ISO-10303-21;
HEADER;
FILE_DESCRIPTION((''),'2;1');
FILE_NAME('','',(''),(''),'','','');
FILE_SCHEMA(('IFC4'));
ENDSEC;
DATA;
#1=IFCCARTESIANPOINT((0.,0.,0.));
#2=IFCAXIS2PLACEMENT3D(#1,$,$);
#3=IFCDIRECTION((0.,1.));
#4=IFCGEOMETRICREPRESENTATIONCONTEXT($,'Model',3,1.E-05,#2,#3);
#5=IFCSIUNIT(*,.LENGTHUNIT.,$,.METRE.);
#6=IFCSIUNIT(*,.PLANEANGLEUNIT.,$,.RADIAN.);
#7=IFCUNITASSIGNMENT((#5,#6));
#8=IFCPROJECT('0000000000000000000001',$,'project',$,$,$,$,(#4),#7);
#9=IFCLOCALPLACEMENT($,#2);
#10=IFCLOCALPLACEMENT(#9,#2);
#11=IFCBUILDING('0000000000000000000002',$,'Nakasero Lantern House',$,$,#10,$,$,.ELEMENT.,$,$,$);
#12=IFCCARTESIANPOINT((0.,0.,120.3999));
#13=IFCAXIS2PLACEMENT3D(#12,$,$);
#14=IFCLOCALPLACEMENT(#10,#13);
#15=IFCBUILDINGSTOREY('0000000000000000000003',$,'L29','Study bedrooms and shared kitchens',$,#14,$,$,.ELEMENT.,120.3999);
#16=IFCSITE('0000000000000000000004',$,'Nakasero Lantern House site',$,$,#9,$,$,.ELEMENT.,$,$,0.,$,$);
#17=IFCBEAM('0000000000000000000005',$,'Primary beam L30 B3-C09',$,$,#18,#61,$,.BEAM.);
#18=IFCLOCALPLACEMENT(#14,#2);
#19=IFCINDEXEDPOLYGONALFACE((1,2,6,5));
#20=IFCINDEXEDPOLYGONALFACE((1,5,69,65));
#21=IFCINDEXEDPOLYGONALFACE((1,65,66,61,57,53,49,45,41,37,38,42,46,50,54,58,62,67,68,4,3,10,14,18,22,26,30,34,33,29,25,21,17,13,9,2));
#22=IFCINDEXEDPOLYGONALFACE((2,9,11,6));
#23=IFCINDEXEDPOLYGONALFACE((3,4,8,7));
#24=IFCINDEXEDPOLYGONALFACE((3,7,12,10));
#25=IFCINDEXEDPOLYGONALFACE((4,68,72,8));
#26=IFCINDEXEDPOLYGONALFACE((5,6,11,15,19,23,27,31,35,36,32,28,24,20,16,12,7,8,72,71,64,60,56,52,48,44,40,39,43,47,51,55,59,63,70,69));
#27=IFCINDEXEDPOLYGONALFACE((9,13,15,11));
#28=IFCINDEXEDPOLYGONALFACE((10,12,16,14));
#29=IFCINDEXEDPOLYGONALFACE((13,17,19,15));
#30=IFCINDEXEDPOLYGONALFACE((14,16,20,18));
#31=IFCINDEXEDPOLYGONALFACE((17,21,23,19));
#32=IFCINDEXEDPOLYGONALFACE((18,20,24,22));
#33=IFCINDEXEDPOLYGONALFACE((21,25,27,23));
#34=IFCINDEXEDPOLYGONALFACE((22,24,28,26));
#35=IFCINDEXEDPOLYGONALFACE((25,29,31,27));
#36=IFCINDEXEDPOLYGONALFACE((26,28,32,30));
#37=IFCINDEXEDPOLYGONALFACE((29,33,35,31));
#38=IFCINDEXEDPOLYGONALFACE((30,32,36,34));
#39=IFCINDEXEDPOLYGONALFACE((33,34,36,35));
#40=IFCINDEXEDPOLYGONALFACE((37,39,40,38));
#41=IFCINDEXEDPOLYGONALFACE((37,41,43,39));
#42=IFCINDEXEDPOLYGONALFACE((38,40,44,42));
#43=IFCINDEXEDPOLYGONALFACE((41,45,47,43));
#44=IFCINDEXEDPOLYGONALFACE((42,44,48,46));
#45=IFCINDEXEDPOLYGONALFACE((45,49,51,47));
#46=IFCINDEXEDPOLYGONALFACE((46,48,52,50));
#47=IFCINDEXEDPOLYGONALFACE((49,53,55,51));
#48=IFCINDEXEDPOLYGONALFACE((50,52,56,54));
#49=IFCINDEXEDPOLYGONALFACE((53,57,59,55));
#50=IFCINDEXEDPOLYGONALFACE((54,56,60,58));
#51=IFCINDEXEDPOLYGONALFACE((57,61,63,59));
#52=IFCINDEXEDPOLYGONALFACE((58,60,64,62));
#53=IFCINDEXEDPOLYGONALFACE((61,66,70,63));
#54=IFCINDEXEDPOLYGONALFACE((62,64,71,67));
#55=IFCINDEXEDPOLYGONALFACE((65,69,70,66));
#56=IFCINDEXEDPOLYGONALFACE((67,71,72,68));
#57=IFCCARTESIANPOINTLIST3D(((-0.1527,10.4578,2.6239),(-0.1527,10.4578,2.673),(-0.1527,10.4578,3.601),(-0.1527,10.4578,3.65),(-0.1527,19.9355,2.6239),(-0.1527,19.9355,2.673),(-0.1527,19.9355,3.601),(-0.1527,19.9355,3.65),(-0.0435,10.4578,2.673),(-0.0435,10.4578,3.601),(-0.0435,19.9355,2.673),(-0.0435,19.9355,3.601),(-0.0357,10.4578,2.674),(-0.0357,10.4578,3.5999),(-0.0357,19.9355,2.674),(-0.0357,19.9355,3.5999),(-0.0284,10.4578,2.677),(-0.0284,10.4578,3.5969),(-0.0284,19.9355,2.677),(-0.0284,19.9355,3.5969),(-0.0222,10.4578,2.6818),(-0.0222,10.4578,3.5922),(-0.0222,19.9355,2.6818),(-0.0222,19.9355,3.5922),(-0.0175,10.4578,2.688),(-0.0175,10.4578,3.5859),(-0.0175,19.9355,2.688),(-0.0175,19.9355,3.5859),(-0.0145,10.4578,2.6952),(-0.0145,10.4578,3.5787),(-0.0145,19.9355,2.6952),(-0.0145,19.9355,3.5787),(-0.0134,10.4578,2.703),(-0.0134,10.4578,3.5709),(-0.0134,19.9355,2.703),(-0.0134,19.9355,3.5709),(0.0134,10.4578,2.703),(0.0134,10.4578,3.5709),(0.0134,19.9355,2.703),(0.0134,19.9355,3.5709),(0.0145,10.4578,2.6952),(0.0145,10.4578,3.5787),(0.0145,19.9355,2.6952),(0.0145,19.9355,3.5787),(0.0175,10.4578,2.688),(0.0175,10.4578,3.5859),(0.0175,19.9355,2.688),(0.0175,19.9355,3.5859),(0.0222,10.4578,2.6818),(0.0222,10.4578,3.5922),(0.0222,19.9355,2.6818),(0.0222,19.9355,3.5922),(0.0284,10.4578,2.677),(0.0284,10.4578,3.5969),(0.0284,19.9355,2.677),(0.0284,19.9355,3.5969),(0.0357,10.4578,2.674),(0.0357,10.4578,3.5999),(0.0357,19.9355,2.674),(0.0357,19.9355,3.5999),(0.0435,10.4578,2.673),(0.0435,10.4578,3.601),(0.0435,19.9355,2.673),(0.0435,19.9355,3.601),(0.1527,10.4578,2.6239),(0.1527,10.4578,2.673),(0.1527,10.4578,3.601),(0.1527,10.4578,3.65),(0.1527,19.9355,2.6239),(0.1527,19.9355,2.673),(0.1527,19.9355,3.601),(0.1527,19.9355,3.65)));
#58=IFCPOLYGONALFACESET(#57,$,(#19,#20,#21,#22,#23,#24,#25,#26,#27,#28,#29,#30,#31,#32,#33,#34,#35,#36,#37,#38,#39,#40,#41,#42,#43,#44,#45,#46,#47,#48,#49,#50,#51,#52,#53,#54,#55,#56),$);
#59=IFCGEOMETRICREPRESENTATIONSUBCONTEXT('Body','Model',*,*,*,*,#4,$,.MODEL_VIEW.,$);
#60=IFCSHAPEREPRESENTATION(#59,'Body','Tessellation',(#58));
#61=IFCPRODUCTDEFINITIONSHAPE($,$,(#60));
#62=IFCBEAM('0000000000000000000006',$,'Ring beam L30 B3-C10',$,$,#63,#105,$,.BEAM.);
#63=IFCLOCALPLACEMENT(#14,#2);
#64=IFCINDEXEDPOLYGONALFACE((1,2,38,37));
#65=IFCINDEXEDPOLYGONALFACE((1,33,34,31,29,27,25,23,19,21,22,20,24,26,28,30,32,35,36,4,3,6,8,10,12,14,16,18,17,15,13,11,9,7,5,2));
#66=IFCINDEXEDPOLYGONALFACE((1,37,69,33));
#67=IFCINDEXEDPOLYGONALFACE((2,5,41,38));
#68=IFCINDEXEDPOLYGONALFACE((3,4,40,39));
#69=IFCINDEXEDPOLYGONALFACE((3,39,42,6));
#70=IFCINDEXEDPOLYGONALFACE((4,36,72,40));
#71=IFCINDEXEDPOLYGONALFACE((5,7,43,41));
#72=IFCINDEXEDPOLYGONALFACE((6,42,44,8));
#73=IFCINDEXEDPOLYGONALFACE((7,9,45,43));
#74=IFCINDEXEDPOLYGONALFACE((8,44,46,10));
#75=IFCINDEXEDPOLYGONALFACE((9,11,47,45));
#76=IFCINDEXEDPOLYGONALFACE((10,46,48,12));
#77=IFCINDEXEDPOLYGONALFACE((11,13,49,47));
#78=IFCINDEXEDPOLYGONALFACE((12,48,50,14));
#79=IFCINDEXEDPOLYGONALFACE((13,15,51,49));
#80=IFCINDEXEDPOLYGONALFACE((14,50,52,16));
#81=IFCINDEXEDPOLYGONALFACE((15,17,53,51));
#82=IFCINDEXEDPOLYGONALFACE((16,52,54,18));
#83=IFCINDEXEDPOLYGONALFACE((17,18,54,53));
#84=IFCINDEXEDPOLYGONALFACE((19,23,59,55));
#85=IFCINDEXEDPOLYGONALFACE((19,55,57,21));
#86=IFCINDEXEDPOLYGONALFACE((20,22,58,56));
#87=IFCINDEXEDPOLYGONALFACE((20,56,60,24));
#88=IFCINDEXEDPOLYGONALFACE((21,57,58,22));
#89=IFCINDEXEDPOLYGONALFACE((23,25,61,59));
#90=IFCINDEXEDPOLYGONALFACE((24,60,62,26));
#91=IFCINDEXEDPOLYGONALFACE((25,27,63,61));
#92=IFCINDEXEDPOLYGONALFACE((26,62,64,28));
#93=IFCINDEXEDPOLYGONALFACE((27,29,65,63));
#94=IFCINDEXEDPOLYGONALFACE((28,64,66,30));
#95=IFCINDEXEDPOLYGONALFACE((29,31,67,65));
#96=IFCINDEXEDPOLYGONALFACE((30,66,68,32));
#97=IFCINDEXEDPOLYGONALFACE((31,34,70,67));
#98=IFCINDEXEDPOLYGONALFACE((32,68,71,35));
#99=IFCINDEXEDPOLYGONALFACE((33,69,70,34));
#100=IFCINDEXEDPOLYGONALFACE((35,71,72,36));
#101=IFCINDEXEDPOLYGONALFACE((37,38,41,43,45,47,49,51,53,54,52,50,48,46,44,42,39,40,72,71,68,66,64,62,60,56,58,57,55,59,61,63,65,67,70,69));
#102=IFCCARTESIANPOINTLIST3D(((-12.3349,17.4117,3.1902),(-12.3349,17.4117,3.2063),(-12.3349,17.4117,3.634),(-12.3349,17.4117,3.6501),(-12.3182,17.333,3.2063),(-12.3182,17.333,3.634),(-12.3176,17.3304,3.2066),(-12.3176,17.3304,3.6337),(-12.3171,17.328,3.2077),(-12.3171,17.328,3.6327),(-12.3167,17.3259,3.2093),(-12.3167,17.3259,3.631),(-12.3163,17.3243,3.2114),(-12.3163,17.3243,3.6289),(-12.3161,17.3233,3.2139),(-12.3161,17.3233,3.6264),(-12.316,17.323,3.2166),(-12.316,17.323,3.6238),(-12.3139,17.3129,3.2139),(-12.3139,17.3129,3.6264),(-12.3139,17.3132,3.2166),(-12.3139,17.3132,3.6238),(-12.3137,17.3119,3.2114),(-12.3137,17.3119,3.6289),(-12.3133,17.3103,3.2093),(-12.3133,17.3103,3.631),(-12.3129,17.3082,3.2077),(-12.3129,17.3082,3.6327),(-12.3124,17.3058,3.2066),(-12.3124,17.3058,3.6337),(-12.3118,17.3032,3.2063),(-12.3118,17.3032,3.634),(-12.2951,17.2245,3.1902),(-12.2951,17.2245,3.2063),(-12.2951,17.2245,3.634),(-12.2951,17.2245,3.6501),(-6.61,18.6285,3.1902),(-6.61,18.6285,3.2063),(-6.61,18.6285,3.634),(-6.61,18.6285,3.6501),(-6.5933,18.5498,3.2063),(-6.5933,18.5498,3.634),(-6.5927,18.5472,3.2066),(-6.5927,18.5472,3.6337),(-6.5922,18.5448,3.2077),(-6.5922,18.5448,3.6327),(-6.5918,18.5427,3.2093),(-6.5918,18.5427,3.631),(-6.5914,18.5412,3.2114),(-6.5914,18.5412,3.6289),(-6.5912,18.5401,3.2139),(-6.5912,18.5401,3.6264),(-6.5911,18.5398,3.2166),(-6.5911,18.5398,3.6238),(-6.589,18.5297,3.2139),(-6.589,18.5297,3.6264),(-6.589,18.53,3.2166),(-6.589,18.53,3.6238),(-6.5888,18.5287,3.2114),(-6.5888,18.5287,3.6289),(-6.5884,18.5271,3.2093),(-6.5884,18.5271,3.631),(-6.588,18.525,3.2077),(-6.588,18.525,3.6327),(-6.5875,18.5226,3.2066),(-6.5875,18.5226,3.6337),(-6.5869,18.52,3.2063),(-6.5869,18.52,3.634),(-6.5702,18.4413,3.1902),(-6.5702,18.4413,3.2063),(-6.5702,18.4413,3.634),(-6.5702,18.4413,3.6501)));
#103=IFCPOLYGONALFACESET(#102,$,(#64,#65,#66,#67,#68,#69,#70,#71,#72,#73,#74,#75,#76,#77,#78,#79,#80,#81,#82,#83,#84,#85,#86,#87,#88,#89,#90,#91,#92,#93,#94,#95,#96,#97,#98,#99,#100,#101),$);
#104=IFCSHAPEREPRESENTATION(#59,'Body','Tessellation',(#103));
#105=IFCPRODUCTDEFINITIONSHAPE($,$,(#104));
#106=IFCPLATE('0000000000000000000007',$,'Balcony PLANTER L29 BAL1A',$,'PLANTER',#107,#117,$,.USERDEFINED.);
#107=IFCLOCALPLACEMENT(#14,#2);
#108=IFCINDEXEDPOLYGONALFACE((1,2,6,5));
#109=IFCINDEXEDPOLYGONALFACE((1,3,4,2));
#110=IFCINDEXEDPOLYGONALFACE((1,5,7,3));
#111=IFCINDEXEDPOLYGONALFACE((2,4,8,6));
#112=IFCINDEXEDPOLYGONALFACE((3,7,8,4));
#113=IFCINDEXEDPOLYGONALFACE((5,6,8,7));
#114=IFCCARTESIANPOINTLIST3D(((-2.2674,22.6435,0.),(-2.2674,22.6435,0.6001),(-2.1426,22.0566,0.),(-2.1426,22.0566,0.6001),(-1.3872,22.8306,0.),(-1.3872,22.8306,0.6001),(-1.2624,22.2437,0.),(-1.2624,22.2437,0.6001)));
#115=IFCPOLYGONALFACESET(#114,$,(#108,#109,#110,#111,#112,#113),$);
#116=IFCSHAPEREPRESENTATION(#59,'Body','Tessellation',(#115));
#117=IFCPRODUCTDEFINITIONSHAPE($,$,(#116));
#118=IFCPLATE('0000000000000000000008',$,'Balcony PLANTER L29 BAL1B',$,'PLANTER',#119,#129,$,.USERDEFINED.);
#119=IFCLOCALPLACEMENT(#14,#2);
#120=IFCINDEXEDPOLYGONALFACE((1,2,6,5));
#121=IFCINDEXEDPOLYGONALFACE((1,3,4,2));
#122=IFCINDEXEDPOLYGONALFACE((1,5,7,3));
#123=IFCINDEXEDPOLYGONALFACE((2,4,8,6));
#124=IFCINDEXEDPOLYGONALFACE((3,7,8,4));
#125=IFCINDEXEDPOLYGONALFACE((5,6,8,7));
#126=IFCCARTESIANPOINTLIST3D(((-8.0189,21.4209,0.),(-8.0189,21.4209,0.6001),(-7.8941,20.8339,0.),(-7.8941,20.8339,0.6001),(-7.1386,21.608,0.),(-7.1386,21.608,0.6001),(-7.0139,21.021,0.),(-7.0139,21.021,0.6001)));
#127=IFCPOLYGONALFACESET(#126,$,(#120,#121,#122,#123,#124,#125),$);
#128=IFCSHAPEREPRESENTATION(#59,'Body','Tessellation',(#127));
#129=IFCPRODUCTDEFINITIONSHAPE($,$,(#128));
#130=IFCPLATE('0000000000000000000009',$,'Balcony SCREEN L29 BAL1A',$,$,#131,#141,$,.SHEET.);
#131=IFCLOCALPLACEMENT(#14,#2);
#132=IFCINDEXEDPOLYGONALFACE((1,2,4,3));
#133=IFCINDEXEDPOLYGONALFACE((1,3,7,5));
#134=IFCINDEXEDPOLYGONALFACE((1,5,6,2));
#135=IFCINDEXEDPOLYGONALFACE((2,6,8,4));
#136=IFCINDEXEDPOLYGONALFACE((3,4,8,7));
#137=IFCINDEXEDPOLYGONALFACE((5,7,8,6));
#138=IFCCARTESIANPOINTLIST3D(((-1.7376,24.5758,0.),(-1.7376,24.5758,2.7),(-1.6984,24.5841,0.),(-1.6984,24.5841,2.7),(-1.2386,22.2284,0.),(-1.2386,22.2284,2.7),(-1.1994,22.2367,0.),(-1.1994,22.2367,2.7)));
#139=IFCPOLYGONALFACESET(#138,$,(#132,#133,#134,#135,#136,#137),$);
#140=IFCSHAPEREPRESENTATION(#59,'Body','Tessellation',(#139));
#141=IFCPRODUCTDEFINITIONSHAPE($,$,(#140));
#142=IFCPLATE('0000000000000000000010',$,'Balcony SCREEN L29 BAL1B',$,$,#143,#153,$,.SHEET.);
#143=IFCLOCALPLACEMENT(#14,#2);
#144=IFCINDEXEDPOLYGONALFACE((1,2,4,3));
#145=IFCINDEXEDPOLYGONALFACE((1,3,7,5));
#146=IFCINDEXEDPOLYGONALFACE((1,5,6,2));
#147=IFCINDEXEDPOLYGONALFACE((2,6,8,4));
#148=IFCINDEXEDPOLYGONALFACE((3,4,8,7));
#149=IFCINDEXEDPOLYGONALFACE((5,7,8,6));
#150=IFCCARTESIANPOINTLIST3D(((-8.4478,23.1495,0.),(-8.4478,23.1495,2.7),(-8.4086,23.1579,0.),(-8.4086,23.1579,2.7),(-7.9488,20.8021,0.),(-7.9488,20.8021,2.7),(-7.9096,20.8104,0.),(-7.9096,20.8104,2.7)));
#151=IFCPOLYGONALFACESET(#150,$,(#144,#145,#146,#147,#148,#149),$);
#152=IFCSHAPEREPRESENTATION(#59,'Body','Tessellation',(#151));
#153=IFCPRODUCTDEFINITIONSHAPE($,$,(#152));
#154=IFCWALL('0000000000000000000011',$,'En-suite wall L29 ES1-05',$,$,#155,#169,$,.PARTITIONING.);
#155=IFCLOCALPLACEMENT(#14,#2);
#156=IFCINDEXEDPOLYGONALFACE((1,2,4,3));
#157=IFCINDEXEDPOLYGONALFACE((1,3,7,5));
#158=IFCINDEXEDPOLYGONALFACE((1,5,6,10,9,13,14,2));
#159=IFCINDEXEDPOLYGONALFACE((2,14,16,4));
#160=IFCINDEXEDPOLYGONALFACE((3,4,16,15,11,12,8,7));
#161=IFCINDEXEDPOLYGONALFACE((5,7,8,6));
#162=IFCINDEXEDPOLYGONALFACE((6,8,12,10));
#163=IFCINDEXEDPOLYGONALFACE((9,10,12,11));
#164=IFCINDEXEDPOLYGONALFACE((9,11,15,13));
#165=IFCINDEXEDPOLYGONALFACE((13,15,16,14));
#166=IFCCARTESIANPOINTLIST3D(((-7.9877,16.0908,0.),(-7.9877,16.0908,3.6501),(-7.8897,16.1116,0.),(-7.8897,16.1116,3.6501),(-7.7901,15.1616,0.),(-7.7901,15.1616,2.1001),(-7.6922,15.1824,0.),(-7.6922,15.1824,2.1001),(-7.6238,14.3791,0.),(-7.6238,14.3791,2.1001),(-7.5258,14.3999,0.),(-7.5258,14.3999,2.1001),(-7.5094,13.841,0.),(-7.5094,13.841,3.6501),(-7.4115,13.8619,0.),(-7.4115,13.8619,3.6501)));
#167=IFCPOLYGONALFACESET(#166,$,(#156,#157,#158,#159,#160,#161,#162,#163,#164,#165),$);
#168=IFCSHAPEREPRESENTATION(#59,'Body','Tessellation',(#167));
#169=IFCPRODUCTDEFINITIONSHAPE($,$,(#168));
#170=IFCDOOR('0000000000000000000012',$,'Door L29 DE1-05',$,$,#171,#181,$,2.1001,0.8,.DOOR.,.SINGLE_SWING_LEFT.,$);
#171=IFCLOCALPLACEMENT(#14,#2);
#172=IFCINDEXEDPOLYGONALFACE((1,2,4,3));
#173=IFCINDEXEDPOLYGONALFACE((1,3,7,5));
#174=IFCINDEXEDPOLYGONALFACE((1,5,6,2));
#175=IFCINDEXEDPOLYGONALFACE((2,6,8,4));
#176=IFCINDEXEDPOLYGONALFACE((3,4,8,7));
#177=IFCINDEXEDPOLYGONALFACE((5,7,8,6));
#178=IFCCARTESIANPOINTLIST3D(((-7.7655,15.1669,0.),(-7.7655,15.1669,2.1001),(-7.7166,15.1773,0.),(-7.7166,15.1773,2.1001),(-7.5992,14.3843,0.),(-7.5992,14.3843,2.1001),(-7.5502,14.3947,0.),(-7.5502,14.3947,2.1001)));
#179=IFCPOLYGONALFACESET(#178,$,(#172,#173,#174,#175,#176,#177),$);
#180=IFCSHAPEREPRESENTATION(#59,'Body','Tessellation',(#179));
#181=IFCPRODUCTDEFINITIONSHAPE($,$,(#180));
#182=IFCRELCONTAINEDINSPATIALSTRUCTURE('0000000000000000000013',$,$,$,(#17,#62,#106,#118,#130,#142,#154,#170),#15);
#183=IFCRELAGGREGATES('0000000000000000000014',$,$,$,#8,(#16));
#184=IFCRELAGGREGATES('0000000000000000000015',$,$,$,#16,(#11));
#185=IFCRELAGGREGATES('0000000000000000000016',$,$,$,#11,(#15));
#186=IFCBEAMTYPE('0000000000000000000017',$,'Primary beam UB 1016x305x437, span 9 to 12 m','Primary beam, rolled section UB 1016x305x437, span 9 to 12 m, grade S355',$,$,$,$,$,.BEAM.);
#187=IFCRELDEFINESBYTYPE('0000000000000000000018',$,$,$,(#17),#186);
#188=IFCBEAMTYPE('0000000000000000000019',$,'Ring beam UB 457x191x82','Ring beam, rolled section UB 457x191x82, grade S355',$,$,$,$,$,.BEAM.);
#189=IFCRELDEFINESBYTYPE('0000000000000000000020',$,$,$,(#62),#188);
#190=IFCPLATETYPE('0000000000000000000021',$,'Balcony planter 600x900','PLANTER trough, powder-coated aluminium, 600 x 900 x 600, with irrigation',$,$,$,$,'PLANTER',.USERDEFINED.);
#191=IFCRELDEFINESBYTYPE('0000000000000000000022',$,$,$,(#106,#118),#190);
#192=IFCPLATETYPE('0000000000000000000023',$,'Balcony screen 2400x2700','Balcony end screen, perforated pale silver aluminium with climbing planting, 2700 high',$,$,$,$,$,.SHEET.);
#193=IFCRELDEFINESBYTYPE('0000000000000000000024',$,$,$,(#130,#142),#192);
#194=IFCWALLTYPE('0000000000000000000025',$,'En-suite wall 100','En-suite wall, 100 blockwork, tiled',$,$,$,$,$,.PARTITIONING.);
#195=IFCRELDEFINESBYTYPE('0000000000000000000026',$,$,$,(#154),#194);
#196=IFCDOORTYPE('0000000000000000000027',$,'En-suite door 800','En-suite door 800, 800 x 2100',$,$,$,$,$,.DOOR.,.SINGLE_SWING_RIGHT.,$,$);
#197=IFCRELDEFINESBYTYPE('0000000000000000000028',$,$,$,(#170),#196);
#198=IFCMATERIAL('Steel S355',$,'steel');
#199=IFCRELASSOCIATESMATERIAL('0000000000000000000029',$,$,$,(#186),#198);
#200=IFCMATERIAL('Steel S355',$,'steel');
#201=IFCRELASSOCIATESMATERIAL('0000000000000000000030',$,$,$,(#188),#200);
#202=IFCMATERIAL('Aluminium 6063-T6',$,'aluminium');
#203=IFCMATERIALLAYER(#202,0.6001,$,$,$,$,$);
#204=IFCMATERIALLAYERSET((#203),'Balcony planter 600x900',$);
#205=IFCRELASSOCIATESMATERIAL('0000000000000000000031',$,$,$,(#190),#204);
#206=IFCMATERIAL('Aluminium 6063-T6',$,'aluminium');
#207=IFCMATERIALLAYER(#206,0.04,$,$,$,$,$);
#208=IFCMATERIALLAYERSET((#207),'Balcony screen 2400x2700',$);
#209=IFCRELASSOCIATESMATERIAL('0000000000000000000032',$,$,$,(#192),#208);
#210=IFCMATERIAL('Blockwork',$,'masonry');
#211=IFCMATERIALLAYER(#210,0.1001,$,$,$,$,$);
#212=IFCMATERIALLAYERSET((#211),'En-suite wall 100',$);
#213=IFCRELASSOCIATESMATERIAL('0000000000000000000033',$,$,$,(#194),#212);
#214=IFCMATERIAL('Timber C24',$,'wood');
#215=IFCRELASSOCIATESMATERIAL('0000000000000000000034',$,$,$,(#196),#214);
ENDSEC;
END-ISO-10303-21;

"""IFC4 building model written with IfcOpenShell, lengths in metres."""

from ifc_helpers import new_model, si_unit, direction, frame, frame_2d, origin, origin_2d, place, context, subcontext, project, spatial, rectangle, i_section, extrude, material, layer, layer_set, material_profile, profile_set, type_object, element, fill, save


model = new_model("IFC4")

# Units and contexts
model_context = context("Model", 3, precision=1e-05, world=origin(), true_north=direction((0.0, 1.0)))
body_context = subcontext(model_context, "Body", "Model", "MODEL_VIEW")
ifc_project = project(units=[si_unit("LENGTHUNIT", "METRE"), si_unit("PLANEANGLEUNIT", "RADIAN")], contexts=[model_context])

# Site, building, storey
site_placement = place(None, origin())
site = spatial("IfcSite", under=ifc_project, at=site_placement, Name="Nakasero Lantern House site", CompositionType="ELEMENT", RefElevation=0.0)
building_placement = place(site_placement, origin())
building = spatial("IfcBuilding", under=site, at=building_placement, Name="Nakasero Lantern House", CompositionType="ELEMENT")
storey_placement = place(building_placement, frame((0.0, 0.0, 120.3999)))
storey = spatial("IfcBuildingStorey", under=building, at=storey_placement, Name="L29", Description="Study bedrooms and shared kitchens", CompositionType="ELEMENT", Elevation=120.3999)

# Beams
ifc_material_1 = material(Name="Steel S355", Category="steel")
ifc_material_profile_1 = material_profile(ifc_material_1, i_section(OverallWidth=0.3054, OverallDepth=1.0261, WebThickness=0.0269, FlangeThickness=0.0491, FilletRadius=0.03, at=origin_2d()), Name="UB 1016x305x437")
ifc_profile_set_1 = profile_set([ifc_material_profile_1], Name="Steel S355")
beam_type_1 = type_object("IfcBeamType", Name="Primary beam UB 1016x305x437, span 9 to 12 m", Description="Primary beam, rolled section UB 1016x305x437, span 9 to 12 m, grade S355", PredefinedType="BEAM", material=ifc_profile_set_1)
beam_1_placement = place(storey_placement, frame((0.0, 19.9355, 3.137), z_axis=(0.0, -1.0, 0.0), x_axis=(1.0, 0.0, 0.0)))
element("IfcBeam", 1, at=beam_1_placement, inside=storey, type_object=beam_type_1, Name="Primary beam L30 B3-C09", PredefinedType="BEAM", context=body_context, shape_type="SweptSolid", body=[
    extrude(i_section(OverallWidth=0.3054, OverallDepth=1.0261, WebThickness=0.0269, FlangeThickness=0.0491, FilletRadius=0.03, at=origin_2d()), origin(), (0.0, 0.0, 1.0), 9.4778),
])
ifc_material_2 = material(Name="Steel S355", Category="steel")
ifc_material_profile_2 = material_profile(ifc_material_2, i_section(OverallWidth=0.1914, OverallDepth=0.46, WebThickness=0.01, FlangeThickness=0.0161, FilletRadius=0.0103, at=origin_2d()), Name="UB 457x191x82")
ifc_profile_set_2 = profile_set([ifc_material_profile_2], Name="Steel S355")
beam_type_2 = type_object("IfcBeamType", Name="Ring beam UB 457x191x82", Description="Ring beam, rolled section UB 457x191x82, grade S355", PredefinedType="BEAM", material=ifc_profile_set_2)
beam_2_placement = place(storey_placement, frame((-6.5901, 18.5349, 3.4202), z_axis=(-0.97815, -0.207902, 0.0), x_axis=(0.207902, -0.97815, 0.0)))
element("IfcBeam", 2, at=beam_2_placement, inside=storey, type_object=beam_type_2, Name="Ring beam L30 B3-C10", PredefinedType="BEAM", context=body_context, shape_type="SweptSolid", body=[
    extrude(i_section(OverallWidth=0.1914, OverallDepth=0.46, WebThickness=0.01, FlangeThickness=0.0161, FilletRadius=0.0103, at=origin_2d()), origin(), (0.0, 0.0, 1.0), 5.8528),
])

# Plates
ifc_material_3 = material(Name="Aluminium 6063-T6", Category="aluminium")
ifc_layer_1 = layer(ifc_material_3, 0.6001)
ifc_layer_set_1 = layer_set([ifc_layer_1], Name="Balcony planter 600x900")
plate_type_1 = type_object("IfcPlateType", Name="Balcony planter 600x900", Description="PLANTER trough, powder-coated aluminium, 600 x 900 x 600, with irrigation", ElementType="PLANTER", PredefinedType="USERDEFINED", material=ifc_layer_set_1)
for number, where, z_axis, x_axis, name in (
    (3, (-1.7649, 22.4436, 0.0), (0.0, 0.0, 1.0), (-0.207912, 0.978148, 0.0), "Balcony PLANTER L29 BAL1A"),
    (4, (-7.5164, 21.2209, 0.0), (0.0, 0.0, 1.0), (-0.207912, 0.978148, 0.0), "Balcony PLANTER L29 BAL1B"),
):
    element("IfcPlate", number, at=place(storey_placement, frame(where, z_axis=z_axis, x_axis=x_axis)), inside=storey, type_object=plate_type_1, Name=name, ObjectType="PLANTER", PredefinedType="USERDEFINED", context=body_context, shape_type="SweptSolid", body=[
        extrude(rectangle(XDim=0.6001, YDim=0.8999, at=origin_2d()), origin(), (0.0, 0.0, 1.0), 0.6001),
    ])
ifc_material_4 = material(Name="Aluminium 6063-T6", Category="aluminium")
ifc_layer_2 = layer(ifc_material_4, 0.04)
ifc_layer_set_2 = layer_set([ifc_layer_2], Name="Balcony screen 2400x2700")
plate_type_2 = type_object("IfcPlateType", Name="Balcony screen 2400x2700", Description="Balcony end screen, perforated pale silver aluminium with climbing planting, 2700 high", PredefinedType="SHEET", material=ifc_layer_set_2)
for number, where, z_axis, x_axis, name in (
    (5, (-1.4685, 23.4062, 0.0), (0.0, 0.0, 1.0), (-0.207912, 0.978148, 0.0), "Balcony SCREEN L29 BAL1A"),
    (6, (-8.1787, 21.98, 0.0), (0.0, 0.0, 1.0), (-0.207912, 0.978148, 0.0), "Balcony SCREEN L29 BAL1B"),
):
    element("IfcPlate", number, at=place(storey_placement, frame(where, z_axis=z_axis, x_axis=x_axis)), inside=storey, type_object=plate_type_2, Name=name, PredefinedType="SHEET", context=body_context, shape_type="SweptSolid", body=[
        extrude(rectangle(XDim=2.3999, YDim=0.04, at=origin_2d()), origin(), (0.0, 0.0, 1.0), 2.7),
    ])

# Wall, opening, door
ifc_material_5 = material(Name="Blockwork", Category="masonry")
ifc_layer_3 = layer(ifc_material_5, 0.1001)
ifc_layer_set_3 = layer_set([ifc_layer_3], Name="En-suite wall 100")
wall_type_1 = type_object("IfcWallType", Name="En-suite wall 100", Description="En-suite wall, 100 blockwork, tiled", PredefinedType="PARTITIONING", material=ifc_layer_set_3)
wall_1_placement = place(storey_placement, frame((-7.4604, 13.8516, 0.0), z_axis=(0.0, 0.0, 1.0), x_axis=(-0.207941, 0.978141, 0.0)))
wall_1 = element("IfcWall", 7, at=wall_1_placement, inside=storey, type_object=wall_type_1, Name="En-suite wall L29 ES1-05", PredefinedType="PARTITIONING", context=body_context, shape_type="SweptSolid", body=[
    extrude(rectangle(XDim=2.3, YDim=0.1001, at=frame_2d((1.1499, 0.0))), origin(), (0.0, 0.0, 1.0), 3.6501),
])
opening_1_placement = place(wall_1_placement, frame((0.55, 0.0, 0.0)))
opening_1 = element("IfcOpeningElement", 8, at=opening_1_placement, cuts=wall_1, PredefinedType="OPENING", context=body_context, shape_type="SweptSolid", body=[
    extrude(rectangle(XDim=0.8, YDim=2.1001, at=frame_2d((0.3999, 1.05))), frame((0.0, 0.0701, 0.0), z_axis=(0.0, -1.0, 0.0), x_axis=(1.0, 0.0, 0.0)), (0.0, 0.0, 1.0), 0.1401),
])
ifc_material_6 = material(Name="Timber C24", Category="wood")
door_type_1 = type_object("IfcDoorType", Name="En-suite door 800", Description="En-suite door 800, 800 x 2100", OperationType="SINGLE_SWING_RIGHT", PredefinedType="DOOR", material=ifc_material_6)
door_1_placement = place(opening_1_placement, origin())
door_1 = element("IfcDoor", 9, at=door_1_placement, inside=storey, type_object=door_type_1, Name="Door L29 DE1-05", OperationType="SINGLE_SWING_LEFT", OverallHeight=2.1001, OverallWidth=0.8, PredefinedType="DOOR", context=body_context, shape_type="SweptSolid", body=[
    extrude(rectangle(XDim=0.8, YDim=2.1001, at=frame_2d((0.3999, 1.05))), frame((0.0, 0.0249, 0.0), z_axis=(0.0, -1.0, 0.0), x_axis=(1.0, 0.0, 0.0)), (0.0, 0.0, 1.0), 0.05),
])
fill(opening_1, door_1)

save(model, "model.ifc")
